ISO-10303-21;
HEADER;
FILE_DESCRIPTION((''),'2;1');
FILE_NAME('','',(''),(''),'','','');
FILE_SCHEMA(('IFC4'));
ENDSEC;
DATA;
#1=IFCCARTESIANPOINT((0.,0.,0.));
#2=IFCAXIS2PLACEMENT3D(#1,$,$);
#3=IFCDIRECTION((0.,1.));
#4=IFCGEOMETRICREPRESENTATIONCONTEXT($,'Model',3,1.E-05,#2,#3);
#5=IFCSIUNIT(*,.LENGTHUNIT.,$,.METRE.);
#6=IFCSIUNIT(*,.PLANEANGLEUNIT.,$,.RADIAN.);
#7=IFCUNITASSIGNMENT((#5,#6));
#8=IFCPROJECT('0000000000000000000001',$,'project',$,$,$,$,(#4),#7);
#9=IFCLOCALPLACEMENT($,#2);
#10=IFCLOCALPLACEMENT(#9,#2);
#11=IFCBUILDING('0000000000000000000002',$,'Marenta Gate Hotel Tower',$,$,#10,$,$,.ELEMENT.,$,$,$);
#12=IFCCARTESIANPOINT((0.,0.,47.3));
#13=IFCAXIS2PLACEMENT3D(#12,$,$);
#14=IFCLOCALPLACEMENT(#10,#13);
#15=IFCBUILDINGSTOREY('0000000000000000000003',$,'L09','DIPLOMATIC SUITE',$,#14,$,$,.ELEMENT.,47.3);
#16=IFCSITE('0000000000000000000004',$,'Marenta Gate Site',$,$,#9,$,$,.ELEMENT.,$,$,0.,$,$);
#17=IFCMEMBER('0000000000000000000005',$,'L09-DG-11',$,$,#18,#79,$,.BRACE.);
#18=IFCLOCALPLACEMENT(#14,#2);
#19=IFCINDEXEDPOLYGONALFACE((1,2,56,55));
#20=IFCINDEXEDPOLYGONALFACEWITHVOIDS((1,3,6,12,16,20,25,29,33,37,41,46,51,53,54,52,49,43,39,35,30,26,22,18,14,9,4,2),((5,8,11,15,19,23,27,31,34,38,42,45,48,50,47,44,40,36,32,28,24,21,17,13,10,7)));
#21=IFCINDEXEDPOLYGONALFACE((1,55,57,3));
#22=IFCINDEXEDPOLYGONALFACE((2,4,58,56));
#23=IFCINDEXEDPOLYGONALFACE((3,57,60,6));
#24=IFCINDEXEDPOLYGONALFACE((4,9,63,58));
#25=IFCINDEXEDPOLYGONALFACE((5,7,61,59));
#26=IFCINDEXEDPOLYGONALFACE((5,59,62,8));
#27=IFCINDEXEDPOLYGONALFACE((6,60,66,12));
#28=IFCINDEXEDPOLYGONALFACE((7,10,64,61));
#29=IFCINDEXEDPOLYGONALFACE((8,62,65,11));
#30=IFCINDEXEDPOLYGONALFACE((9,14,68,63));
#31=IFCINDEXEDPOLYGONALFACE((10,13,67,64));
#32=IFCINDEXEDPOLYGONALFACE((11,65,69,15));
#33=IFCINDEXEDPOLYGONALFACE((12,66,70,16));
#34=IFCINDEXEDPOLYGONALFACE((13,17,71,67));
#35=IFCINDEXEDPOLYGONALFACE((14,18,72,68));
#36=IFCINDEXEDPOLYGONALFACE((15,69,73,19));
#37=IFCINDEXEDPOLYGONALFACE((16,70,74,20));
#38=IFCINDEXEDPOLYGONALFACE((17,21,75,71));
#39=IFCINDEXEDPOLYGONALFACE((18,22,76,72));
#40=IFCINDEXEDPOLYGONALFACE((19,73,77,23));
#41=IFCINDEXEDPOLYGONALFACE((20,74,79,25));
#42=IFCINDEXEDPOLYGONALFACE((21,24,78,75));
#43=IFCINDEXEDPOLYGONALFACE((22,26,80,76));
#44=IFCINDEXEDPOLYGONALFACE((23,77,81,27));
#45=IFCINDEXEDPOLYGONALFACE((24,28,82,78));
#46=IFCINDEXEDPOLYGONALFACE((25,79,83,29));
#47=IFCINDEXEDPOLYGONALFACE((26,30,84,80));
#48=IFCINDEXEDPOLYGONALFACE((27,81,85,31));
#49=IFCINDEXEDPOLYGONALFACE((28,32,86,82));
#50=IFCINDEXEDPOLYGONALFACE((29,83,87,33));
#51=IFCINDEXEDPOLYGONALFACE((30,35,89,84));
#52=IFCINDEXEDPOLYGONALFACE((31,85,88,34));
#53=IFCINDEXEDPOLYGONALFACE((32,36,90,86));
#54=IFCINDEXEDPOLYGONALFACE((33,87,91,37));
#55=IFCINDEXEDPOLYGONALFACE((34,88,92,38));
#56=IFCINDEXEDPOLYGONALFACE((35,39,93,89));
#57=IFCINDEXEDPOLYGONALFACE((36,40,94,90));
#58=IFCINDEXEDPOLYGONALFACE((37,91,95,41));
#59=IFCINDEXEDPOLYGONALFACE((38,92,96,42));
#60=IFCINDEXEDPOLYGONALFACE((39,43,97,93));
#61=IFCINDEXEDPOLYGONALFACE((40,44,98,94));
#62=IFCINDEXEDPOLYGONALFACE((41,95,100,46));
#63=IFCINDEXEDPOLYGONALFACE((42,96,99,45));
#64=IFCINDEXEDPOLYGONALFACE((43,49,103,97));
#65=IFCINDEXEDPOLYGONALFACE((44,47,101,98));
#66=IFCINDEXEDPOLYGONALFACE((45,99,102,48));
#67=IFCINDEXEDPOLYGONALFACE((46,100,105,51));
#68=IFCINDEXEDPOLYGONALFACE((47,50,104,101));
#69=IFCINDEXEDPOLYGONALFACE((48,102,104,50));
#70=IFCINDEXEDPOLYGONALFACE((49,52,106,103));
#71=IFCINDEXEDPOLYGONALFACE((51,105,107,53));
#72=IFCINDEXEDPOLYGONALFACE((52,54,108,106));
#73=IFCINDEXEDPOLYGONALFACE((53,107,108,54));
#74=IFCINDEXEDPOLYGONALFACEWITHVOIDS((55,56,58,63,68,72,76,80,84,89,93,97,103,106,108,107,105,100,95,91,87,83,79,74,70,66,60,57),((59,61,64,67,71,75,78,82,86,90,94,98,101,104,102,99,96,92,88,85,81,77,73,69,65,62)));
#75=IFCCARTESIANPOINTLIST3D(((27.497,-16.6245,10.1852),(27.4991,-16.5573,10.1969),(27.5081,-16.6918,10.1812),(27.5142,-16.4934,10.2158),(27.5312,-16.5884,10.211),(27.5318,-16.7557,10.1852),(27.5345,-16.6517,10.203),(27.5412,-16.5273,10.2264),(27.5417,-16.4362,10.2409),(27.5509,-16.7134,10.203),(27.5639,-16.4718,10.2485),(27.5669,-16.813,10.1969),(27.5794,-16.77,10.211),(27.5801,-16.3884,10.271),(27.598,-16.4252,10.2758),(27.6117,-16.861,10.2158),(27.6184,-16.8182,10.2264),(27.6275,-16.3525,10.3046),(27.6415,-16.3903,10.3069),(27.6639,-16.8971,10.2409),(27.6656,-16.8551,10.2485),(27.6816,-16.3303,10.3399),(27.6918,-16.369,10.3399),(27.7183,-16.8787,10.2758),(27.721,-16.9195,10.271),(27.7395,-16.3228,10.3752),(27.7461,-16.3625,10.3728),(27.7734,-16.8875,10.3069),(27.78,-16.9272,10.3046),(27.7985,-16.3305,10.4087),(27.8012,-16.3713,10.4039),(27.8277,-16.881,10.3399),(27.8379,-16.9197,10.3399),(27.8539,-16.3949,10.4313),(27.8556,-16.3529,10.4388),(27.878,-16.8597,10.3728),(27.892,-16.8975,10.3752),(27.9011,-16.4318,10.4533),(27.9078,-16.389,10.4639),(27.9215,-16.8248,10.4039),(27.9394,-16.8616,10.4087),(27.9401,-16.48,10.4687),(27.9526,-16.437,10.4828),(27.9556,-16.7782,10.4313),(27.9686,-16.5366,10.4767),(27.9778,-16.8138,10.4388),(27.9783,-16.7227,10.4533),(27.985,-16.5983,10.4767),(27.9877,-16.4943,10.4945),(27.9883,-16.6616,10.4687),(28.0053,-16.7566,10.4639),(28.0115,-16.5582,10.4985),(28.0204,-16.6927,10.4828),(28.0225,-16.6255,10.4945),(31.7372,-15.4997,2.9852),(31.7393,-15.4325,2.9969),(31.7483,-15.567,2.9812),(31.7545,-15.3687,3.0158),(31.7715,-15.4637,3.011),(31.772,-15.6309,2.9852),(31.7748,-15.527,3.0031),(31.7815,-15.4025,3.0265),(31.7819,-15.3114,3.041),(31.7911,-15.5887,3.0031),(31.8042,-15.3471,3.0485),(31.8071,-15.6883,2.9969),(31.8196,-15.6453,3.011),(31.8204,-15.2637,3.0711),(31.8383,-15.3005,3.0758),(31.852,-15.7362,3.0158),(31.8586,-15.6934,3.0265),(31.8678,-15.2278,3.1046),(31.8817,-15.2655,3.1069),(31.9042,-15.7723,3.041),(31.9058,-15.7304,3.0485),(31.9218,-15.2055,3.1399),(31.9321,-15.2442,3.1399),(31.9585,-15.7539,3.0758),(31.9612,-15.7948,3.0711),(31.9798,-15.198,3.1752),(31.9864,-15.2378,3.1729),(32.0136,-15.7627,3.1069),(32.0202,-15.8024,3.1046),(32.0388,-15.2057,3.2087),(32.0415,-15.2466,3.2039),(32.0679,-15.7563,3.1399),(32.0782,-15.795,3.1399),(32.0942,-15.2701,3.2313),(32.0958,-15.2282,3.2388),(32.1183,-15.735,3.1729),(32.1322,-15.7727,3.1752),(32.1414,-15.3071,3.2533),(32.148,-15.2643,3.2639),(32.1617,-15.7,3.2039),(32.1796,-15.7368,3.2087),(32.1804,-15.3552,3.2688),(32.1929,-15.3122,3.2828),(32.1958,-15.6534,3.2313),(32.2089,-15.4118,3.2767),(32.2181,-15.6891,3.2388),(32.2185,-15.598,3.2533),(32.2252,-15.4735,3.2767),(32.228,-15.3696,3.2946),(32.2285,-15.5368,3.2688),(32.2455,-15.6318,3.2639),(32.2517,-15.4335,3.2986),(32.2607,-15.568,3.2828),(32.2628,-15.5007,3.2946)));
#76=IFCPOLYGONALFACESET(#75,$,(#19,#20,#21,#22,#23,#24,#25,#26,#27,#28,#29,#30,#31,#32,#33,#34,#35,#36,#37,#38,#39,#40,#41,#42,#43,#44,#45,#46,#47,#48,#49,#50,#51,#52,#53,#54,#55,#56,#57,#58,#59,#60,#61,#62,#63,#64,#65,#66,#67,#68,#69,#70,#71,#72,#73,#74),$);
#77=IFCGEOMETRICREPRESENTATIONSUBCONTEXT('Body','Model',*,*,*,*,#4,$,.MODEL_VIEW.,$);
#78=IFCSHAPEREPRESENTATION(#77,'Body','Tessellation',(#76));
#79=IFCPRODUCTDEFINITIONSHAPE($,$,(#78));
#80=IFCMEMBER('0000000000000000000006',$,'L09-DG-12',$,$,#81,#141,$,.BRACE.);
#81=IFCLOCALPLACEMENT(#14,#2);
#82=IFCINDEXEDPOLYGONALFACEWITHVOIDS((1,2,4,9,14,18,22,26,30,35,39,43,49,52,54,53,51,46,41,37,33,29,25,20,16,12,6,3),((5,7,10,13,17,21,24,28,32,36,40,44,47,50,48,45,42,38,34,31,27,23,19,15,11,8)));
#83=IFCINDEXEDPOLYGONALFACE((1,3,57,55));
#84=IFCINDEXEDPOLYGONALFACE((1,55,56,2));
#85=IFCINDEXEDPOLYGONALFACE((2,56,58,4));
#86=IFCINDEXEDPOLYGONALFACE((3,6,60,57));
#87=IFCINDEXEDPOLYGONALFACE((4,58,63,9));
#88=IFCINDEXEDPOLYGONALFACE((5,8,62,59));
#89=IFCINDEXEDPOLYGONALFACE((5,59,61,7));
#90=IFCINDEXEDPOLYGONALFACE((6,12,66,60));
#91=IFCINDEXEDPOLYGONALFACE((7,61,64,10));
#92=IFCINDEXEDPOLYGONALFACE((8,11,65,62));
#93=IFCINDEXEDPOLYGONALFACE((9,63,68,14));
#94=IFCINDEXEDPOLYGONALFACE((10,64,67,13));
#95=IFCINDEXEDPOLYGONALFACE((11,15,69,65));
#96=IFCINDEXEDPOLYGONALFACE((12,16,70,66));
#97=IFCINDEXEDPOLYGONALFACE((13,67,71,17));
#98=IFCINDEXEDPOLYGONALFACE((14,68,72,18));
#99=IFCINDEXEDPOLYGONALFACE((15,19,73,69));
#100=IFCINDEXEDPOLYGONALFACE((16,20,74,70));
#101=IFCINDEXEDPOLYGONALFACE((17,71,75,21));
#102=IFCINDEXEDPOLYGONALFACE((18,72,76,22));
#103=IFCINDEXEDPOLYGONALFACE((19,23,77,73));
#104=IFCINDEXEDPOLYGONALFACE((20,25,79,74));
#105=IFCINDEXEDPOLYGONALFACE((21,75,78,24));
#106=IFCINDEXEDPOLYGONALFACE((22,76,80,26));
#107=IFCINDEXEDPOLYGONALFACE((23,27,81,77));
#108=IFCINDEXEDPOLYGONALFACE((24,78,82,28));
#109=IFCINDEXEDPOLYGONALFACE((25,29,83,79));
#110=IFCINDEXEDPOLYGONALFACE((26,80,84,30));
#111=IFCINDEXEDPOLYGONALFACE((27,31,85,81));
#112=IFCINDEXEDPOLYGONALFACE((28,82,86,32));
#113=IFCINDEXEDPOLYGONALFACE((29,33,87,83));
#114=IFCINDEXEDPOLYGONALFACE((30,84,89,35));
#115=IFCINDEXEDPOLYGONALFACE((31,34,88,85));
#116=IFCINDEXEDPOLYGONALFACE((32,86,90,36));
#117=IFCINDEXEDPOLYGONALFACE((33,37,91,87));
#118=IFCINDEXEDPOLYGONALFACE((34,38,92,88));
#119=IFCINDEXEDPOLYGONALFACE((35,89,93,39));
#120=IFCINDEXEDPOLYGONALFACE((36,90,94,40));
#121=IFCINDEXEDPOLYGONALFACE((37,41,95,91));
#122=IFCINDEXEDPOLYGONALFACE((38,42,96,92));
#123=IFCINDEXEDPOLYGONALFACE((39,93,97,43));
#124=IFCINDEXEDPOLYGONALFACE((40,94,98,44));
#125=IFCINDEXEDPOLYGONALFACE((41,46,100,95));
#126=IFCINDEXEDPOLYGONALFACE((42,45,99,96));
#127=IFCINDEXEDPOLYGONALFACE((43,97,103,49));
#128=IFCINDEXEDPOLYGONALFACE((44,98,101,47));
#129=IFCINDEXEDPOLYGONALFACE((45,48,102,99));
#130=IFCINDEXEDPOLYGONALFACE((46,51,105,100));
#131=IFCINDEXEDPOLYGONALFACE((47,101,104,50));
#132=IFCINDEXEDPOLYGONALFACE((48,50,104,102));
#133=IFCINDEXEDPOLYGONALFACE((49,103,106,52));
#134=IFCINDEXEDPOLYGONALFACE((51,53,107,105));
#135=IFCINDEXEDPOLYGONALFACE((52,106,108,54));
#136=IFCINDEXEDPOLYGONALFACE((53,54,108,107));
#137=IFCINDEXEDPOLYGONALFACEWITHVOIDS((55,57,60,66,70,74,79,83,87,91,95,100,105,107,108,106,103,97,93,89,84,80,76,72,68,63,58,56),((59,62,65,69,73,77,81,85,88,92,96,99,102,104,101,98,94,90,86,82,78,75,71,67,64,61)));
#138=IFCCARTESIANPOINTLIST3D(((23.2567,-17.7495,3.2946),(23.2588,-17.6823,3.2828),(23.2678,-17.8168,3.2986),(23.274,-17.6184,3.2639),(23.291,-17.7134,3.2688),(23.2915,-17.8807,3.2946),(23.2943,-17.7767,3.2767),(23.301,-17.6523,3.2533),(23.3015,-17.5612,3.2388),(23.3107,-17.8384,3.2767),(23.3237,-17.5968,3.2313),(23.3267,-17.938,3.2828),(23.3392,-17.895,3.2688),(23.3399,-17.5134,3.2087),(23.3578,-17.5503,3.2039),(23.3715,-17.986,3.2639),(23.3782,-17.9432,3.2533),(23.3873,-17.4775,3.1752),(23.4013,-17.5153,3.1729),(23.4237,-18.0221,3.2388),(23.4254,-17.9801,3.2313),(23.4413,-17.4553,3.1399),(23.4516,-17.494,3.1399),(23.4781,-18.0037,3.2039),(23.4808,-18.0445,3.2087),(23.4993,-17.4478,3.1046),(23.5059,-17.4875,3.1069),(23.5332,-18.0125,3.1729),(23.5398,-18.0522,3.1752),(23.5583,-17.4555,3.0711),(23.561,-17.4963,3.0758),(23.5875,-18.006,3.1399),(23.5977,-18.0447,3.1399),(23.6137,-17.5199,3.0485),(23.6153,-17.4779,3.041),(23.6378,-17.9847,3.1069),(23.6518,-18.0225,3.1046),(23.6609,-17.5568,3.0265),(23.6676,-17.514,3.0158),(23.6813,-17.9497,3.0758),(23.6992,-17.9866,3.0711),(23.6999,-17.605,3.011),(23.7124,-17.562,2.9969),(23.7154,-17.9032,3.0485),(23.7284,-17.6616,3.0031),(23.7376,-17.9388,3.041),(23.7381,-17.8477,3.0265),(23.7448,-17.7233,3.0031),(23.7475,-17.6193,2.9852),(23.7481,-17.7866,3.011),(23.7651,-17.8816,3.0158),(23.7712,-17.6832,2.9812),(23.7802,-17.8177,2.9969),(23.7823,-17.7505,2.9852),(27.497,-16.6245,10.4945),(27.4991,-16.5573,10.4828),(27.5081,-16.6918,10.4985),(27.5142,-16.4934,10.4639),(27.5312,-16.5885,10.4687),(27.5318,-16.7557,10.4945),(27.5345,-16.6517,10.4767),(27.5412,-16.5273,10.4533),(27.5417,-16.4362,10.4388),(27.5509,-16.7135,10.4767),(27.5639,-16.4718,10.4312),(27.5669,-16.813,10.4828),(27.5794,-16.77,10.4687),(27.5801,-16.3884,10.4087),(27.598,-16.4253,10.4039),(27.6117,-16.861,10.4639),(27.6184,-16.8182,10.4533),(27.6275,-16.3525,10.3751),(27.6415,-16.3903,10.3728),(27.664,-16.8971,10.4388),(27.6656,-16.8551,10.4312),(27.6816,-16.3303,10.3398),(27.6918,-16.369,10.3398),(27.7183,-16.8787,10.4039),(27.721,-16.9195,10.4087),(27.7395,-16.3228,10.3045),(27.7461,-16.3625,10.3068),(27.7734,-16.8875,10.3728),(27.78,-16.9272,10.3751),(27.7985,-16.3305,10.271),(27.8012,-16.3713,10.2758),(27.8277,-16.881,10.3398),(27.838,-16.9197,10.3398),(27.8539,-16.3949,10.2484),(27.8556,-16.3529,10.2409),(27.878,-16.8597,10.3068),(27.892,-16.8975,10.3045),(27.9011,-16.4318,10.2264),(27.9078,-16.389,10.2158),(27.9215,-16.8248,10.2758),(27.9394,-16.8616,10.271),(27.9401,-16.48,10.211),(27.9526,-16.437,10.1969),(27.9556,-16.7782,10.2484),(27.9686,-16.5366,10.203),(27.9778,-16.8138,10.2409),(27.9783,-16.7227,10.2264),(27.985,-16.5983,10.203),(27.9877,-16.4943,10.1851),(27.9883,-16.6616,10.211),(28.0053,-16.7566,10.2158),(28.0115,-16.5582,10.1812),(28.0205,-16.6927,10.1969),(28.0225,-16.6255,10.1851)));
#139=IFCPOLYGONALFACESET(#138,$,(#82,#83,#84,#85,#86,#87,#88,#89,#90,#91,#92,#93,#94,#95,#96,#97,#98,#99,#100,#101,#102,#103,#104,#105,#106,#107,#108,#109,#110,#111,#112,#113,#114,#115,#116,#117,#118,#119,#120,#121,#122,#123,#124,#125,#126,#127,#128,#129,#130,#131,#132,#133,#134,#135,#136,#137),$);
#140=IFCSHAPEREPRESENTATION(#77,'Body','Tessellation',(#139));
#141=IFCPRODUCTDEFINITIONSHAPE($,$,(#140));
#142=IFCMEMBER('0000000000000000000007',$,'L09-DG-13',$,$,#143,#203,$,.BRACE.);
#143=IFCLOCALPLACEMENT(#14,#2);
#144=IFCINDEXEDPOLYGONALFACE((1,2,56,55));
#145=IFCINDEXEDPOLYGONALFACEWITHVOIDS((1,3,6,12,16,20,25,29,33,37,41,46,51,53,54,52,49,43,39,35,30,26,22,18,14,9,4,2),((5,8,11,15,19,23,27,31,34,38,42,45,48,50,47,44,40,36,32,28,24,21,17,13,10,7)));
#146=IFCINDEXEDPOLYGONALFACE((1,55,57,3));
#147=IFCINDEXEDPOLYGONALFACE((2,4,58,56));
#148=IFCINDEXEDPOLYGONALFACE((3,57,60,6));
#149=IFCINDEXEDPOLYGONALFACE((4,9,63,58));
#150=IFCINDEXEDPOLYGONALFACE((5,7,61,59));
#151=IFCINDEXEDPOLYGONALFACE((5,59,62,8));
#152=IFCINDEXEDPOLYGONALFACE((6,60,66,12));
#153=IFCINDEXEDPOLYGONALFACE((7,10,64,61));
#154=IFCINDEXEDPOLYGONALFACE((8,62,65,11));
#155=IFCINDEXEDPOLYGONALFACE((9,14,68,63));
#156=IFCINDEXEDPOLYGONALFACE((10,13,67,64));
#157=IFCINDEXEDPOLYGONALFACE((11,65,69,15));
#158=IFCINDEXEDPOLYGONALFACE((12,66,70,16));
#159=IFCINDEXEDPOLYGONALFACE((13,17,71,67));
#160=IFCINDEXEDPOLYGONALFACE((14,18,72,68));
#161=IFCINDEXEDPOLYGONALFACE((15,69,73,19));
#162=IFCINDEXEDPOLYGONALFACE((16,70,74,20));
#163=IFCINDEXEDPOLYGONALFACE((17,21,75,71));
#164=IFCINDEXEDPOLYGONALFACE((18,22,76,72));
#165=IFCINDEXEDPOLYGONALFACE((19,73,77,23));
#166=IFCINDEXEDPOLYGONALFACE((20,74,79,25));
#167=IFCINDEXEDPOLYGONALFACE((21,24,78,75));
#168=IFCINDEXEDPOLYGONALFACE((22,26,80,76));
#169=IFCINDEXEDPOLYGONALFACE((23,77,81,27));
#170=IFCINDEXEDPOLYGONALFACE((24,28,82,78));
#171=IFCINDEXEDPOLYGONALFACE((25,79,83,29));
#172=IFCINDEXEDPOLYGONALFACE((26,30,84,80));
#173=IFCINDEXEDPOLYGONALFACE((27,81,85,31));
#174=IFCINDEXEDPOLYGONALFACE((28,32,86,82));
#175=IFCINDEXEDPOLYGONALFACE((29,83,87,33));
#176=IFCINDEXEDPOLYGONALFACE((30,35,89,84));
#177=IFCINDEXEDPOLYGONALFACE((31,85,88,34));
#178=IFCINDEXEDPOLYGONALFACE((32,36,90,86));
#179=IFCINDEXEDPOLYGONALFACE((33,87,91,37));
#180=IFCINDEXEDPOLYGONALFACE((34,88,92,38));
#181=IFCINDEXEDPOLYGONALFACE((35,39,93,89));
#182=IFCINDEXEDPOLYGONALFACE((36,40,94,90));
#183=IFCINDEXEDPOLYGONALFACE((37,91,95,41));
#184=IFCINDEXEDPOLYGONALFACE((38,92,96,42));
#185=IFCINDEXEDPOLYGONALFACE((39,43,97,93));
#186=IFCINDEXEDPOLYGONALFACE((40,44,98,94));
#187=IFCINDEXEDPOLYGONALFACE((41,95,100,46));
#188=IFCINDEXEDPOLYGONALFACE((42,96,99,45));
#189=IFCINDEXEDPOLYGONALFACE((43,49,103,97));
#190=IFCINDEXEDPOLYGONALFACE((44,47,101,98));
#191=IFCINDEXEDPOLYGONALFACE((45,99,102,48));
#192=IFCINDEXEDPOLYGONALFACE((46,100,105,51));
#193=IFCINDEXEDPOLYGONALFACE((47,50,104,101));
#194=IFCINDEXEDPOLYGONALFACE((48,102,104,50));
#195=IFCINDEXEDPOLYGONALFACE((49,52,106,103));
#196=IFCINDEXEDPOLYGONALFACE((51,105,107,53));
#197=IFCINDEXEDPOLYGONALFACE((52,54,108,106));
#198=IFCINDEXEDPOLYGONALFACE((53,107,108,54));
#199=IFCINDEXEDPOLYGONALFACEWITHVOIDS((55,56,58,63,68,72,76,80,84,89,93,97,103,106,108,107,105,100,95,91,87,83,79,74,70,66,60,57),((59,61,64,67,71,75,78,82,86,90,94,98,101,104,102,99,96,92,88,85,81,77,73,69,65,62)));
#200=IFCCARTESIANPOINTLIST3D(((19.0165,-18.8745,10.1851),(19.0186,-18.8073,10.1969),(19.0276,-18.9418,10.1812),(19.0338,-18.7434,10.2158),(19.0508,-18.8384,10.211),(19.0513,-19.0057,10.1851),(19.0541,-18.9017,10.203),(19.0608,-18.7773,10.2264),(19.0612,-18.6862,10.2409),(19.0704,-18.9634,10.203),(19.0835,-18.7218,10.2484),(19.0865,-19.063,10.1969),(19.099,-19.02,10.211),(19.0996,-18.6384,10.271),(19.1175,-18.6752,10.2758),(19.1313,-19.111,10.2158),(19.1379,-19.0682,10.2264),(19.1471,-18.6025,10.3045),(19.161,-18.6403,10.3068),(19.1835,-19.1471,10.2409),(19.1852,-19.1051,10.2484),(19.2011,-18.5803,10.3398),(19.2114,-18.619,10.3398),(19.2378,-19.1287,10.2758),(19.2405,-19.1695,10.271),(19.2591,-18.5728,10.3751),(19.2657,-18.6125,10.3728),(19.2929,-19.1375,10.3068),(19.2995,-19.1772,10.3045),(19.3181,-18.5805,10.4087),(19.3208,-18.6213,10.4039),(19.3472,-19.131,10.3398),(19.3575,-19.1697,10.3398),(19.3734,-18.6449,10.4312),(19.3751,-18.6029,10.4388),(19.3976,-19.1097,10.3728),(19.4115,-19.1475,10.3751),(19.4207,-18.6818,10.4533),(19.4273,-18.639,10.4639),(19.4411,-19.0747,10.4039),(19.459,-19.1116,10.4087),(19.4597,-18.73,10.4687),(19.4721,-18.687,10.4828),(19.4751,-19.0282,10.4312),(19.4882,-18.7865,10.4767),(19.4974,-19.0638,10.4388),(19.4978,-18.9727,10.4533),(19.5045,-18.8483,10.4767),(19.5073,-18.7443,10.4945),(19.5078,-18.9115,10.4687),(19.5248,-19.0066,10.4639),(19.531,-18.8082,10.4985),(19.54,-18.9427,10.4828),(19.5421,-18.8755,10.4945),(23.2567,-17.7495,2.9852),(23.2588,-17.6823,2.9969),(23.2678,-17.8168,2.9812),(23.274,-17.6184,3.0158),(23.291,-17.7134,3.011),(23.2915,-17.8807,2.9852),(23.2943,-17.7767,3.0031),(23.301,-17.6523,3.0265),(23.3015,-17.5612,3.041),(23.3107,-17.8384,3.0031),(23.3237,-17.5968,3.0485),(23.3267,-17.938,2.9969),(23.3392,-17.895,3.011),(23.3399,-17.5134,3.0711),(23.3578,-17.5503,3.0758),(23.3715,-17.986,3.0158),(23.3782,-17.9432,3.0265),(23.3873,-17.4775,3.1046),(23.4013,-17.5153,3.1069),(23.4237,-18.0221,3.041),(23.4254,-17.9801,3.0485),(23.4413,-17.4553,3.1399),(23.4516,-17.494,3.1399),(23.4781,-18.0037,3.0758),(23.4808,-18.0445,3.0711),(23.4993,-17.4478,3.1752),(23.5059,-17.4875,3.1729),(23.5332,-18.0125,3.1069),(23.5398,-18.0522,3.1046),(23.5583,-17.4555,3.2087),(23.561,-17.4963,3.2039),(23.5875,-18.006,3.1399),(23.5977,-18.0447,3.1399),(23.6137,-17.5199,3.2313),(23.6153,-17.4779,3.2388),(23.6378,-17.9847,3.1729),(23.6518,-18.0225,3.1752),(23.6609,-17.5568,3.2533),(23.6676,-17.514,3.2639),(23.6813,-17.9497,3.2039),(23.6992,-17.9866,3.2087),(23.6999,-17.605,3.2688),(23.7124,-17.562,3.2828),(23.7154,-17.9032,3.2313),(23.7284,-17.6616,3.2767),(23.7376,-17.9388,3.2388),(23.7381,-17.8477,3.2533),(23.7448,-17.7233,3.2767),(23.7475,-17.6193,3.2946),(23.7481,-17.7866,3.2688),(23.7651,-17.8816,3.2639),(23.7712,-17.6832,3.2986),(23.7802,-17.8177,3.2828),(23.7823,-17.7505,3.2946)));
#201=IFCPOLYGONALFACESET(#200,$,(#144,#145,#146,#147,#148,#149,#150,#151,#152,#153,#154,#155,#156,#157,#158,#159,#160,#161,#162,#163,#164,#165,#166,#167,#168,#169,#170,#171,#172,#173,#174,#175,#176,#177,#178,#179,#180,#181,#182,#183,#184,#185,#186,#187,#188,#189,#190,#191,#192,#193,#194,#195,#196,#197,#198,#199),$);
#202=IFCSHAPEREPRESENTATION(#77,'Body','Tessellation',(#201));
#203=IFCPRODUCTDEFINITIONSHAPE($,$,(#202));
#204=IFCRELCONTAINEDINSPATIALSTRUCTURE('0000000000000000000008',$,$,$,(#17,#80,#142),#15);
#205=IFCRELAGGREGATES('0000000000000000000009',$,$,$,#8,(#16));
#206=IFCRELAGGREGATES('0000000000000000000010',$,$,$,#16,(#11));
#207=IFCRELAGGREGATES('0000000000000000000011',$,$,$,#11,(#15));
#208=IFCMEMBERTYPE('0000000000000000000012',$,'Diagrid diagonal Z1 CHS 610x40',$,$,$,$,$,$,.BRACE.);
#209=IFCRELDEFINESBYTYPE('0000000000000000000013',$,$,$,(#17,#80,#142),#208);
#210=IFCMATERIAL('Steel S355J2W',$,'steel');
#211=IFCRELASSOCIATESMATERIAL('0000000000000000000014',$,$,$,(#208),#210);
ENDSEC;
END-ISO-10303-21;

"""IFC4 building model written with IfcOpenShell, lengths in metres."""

from ifc_helpers import new_model, si_unit, direction, frame, origin, origin_2d, place, context, subcontext, project, spatial, hollow_circle, extrude, material, material_profile, profile_set, type_object, element, save


model = new_model("IFC4")

# Units and contexts
model_context = context("Model", 3, precision=1e-05, world=origin(), true_north=direction((0.0, 1.0)))
body_context = subcontext(model_context, "Body", "Model", "MODEL_VIEW")
ifc_project = project(units=[si_unit("LENGTHUNIT", "METRE"), si_unit("PLANEANGLEUNIT", "RADIAN")], contexts=[model_context])

# Site, building, storey
site_placement = place(None, origin())
site = spatial("IfcSite", under=ifc_project, at=site_placement, Name="Marenta Gate Site", CompositionType="ELEMENT", RefElevation=0.0)
building_placement = place(site_placement, origin())
building = spatial("IfcBuilding", under=site, at=building_placement, Name="Marenta Gate Hotel Tower", CompositionType="ELEMENT")
storey_placement = place(building_placement, frame((0.0, 0.0, 47.3)))
storey = spatial("IfcBuildingStorey", under=building, at=storey_placement, Name="L09", Description="DIPLOMATIC SUITE", CompositionType="ELEMENT", Elevation=47.3)

# Members
ifc_material_1 = material(Name="Steel S355J2W", Category="steel")
ifc_material_profile_1 = material_profile(ifc_material_1, hollow_circle(Radius=0.3049, WallThickness=0.04, at=origin_2d()), Name="CHS 610x40")
ifc_profile_set_1 = profile_set([ifc_material_profile_1], Name="Steel S355J2W")
member_type_1 = type_object("IfcMemberType", Name="Diagrid diagonal Z1 CHS 610x40", PredefinedType="BRACE", material=ifc_profile_set_1)
for number, where, z_axis, x_axis, name in (
    (1, (32.0, -15.5002, 3.1399), (-0.502926, -0.133405, 0.853972), (0.256391, -0.966573, 0.0), "L09-DG-11"),
    (2, (23.5195, -17.75, 3.1399), (0.502924, 0.133434, 0.853969), (-0.256443, 0.966559, 0.0), "L09-DG-12"),
    (3, (23.5195, -17.75, 3.1399), (-0.502924, -0.133434, 0.853969), (0.256443, -0.966559, 0.0), "L09-DG-13"),
):
    element("IfcMember", number, at=place(storey_placement, frame(where, z_axis=z_axis, x_axis=x_axis)), inside=storey, type_object=member_type_1, Name=name, PredefinedType="BRACE", context=body_context, shape_type="SweptSolid", body=[
        extrude(hollow_circle(Radius=0.3049, WallThickness=0.04, at=origin_2d()), origin(), (0.0, 0.0, 1.0), 8.4312),
    ])

save(model, "model.ifc")
